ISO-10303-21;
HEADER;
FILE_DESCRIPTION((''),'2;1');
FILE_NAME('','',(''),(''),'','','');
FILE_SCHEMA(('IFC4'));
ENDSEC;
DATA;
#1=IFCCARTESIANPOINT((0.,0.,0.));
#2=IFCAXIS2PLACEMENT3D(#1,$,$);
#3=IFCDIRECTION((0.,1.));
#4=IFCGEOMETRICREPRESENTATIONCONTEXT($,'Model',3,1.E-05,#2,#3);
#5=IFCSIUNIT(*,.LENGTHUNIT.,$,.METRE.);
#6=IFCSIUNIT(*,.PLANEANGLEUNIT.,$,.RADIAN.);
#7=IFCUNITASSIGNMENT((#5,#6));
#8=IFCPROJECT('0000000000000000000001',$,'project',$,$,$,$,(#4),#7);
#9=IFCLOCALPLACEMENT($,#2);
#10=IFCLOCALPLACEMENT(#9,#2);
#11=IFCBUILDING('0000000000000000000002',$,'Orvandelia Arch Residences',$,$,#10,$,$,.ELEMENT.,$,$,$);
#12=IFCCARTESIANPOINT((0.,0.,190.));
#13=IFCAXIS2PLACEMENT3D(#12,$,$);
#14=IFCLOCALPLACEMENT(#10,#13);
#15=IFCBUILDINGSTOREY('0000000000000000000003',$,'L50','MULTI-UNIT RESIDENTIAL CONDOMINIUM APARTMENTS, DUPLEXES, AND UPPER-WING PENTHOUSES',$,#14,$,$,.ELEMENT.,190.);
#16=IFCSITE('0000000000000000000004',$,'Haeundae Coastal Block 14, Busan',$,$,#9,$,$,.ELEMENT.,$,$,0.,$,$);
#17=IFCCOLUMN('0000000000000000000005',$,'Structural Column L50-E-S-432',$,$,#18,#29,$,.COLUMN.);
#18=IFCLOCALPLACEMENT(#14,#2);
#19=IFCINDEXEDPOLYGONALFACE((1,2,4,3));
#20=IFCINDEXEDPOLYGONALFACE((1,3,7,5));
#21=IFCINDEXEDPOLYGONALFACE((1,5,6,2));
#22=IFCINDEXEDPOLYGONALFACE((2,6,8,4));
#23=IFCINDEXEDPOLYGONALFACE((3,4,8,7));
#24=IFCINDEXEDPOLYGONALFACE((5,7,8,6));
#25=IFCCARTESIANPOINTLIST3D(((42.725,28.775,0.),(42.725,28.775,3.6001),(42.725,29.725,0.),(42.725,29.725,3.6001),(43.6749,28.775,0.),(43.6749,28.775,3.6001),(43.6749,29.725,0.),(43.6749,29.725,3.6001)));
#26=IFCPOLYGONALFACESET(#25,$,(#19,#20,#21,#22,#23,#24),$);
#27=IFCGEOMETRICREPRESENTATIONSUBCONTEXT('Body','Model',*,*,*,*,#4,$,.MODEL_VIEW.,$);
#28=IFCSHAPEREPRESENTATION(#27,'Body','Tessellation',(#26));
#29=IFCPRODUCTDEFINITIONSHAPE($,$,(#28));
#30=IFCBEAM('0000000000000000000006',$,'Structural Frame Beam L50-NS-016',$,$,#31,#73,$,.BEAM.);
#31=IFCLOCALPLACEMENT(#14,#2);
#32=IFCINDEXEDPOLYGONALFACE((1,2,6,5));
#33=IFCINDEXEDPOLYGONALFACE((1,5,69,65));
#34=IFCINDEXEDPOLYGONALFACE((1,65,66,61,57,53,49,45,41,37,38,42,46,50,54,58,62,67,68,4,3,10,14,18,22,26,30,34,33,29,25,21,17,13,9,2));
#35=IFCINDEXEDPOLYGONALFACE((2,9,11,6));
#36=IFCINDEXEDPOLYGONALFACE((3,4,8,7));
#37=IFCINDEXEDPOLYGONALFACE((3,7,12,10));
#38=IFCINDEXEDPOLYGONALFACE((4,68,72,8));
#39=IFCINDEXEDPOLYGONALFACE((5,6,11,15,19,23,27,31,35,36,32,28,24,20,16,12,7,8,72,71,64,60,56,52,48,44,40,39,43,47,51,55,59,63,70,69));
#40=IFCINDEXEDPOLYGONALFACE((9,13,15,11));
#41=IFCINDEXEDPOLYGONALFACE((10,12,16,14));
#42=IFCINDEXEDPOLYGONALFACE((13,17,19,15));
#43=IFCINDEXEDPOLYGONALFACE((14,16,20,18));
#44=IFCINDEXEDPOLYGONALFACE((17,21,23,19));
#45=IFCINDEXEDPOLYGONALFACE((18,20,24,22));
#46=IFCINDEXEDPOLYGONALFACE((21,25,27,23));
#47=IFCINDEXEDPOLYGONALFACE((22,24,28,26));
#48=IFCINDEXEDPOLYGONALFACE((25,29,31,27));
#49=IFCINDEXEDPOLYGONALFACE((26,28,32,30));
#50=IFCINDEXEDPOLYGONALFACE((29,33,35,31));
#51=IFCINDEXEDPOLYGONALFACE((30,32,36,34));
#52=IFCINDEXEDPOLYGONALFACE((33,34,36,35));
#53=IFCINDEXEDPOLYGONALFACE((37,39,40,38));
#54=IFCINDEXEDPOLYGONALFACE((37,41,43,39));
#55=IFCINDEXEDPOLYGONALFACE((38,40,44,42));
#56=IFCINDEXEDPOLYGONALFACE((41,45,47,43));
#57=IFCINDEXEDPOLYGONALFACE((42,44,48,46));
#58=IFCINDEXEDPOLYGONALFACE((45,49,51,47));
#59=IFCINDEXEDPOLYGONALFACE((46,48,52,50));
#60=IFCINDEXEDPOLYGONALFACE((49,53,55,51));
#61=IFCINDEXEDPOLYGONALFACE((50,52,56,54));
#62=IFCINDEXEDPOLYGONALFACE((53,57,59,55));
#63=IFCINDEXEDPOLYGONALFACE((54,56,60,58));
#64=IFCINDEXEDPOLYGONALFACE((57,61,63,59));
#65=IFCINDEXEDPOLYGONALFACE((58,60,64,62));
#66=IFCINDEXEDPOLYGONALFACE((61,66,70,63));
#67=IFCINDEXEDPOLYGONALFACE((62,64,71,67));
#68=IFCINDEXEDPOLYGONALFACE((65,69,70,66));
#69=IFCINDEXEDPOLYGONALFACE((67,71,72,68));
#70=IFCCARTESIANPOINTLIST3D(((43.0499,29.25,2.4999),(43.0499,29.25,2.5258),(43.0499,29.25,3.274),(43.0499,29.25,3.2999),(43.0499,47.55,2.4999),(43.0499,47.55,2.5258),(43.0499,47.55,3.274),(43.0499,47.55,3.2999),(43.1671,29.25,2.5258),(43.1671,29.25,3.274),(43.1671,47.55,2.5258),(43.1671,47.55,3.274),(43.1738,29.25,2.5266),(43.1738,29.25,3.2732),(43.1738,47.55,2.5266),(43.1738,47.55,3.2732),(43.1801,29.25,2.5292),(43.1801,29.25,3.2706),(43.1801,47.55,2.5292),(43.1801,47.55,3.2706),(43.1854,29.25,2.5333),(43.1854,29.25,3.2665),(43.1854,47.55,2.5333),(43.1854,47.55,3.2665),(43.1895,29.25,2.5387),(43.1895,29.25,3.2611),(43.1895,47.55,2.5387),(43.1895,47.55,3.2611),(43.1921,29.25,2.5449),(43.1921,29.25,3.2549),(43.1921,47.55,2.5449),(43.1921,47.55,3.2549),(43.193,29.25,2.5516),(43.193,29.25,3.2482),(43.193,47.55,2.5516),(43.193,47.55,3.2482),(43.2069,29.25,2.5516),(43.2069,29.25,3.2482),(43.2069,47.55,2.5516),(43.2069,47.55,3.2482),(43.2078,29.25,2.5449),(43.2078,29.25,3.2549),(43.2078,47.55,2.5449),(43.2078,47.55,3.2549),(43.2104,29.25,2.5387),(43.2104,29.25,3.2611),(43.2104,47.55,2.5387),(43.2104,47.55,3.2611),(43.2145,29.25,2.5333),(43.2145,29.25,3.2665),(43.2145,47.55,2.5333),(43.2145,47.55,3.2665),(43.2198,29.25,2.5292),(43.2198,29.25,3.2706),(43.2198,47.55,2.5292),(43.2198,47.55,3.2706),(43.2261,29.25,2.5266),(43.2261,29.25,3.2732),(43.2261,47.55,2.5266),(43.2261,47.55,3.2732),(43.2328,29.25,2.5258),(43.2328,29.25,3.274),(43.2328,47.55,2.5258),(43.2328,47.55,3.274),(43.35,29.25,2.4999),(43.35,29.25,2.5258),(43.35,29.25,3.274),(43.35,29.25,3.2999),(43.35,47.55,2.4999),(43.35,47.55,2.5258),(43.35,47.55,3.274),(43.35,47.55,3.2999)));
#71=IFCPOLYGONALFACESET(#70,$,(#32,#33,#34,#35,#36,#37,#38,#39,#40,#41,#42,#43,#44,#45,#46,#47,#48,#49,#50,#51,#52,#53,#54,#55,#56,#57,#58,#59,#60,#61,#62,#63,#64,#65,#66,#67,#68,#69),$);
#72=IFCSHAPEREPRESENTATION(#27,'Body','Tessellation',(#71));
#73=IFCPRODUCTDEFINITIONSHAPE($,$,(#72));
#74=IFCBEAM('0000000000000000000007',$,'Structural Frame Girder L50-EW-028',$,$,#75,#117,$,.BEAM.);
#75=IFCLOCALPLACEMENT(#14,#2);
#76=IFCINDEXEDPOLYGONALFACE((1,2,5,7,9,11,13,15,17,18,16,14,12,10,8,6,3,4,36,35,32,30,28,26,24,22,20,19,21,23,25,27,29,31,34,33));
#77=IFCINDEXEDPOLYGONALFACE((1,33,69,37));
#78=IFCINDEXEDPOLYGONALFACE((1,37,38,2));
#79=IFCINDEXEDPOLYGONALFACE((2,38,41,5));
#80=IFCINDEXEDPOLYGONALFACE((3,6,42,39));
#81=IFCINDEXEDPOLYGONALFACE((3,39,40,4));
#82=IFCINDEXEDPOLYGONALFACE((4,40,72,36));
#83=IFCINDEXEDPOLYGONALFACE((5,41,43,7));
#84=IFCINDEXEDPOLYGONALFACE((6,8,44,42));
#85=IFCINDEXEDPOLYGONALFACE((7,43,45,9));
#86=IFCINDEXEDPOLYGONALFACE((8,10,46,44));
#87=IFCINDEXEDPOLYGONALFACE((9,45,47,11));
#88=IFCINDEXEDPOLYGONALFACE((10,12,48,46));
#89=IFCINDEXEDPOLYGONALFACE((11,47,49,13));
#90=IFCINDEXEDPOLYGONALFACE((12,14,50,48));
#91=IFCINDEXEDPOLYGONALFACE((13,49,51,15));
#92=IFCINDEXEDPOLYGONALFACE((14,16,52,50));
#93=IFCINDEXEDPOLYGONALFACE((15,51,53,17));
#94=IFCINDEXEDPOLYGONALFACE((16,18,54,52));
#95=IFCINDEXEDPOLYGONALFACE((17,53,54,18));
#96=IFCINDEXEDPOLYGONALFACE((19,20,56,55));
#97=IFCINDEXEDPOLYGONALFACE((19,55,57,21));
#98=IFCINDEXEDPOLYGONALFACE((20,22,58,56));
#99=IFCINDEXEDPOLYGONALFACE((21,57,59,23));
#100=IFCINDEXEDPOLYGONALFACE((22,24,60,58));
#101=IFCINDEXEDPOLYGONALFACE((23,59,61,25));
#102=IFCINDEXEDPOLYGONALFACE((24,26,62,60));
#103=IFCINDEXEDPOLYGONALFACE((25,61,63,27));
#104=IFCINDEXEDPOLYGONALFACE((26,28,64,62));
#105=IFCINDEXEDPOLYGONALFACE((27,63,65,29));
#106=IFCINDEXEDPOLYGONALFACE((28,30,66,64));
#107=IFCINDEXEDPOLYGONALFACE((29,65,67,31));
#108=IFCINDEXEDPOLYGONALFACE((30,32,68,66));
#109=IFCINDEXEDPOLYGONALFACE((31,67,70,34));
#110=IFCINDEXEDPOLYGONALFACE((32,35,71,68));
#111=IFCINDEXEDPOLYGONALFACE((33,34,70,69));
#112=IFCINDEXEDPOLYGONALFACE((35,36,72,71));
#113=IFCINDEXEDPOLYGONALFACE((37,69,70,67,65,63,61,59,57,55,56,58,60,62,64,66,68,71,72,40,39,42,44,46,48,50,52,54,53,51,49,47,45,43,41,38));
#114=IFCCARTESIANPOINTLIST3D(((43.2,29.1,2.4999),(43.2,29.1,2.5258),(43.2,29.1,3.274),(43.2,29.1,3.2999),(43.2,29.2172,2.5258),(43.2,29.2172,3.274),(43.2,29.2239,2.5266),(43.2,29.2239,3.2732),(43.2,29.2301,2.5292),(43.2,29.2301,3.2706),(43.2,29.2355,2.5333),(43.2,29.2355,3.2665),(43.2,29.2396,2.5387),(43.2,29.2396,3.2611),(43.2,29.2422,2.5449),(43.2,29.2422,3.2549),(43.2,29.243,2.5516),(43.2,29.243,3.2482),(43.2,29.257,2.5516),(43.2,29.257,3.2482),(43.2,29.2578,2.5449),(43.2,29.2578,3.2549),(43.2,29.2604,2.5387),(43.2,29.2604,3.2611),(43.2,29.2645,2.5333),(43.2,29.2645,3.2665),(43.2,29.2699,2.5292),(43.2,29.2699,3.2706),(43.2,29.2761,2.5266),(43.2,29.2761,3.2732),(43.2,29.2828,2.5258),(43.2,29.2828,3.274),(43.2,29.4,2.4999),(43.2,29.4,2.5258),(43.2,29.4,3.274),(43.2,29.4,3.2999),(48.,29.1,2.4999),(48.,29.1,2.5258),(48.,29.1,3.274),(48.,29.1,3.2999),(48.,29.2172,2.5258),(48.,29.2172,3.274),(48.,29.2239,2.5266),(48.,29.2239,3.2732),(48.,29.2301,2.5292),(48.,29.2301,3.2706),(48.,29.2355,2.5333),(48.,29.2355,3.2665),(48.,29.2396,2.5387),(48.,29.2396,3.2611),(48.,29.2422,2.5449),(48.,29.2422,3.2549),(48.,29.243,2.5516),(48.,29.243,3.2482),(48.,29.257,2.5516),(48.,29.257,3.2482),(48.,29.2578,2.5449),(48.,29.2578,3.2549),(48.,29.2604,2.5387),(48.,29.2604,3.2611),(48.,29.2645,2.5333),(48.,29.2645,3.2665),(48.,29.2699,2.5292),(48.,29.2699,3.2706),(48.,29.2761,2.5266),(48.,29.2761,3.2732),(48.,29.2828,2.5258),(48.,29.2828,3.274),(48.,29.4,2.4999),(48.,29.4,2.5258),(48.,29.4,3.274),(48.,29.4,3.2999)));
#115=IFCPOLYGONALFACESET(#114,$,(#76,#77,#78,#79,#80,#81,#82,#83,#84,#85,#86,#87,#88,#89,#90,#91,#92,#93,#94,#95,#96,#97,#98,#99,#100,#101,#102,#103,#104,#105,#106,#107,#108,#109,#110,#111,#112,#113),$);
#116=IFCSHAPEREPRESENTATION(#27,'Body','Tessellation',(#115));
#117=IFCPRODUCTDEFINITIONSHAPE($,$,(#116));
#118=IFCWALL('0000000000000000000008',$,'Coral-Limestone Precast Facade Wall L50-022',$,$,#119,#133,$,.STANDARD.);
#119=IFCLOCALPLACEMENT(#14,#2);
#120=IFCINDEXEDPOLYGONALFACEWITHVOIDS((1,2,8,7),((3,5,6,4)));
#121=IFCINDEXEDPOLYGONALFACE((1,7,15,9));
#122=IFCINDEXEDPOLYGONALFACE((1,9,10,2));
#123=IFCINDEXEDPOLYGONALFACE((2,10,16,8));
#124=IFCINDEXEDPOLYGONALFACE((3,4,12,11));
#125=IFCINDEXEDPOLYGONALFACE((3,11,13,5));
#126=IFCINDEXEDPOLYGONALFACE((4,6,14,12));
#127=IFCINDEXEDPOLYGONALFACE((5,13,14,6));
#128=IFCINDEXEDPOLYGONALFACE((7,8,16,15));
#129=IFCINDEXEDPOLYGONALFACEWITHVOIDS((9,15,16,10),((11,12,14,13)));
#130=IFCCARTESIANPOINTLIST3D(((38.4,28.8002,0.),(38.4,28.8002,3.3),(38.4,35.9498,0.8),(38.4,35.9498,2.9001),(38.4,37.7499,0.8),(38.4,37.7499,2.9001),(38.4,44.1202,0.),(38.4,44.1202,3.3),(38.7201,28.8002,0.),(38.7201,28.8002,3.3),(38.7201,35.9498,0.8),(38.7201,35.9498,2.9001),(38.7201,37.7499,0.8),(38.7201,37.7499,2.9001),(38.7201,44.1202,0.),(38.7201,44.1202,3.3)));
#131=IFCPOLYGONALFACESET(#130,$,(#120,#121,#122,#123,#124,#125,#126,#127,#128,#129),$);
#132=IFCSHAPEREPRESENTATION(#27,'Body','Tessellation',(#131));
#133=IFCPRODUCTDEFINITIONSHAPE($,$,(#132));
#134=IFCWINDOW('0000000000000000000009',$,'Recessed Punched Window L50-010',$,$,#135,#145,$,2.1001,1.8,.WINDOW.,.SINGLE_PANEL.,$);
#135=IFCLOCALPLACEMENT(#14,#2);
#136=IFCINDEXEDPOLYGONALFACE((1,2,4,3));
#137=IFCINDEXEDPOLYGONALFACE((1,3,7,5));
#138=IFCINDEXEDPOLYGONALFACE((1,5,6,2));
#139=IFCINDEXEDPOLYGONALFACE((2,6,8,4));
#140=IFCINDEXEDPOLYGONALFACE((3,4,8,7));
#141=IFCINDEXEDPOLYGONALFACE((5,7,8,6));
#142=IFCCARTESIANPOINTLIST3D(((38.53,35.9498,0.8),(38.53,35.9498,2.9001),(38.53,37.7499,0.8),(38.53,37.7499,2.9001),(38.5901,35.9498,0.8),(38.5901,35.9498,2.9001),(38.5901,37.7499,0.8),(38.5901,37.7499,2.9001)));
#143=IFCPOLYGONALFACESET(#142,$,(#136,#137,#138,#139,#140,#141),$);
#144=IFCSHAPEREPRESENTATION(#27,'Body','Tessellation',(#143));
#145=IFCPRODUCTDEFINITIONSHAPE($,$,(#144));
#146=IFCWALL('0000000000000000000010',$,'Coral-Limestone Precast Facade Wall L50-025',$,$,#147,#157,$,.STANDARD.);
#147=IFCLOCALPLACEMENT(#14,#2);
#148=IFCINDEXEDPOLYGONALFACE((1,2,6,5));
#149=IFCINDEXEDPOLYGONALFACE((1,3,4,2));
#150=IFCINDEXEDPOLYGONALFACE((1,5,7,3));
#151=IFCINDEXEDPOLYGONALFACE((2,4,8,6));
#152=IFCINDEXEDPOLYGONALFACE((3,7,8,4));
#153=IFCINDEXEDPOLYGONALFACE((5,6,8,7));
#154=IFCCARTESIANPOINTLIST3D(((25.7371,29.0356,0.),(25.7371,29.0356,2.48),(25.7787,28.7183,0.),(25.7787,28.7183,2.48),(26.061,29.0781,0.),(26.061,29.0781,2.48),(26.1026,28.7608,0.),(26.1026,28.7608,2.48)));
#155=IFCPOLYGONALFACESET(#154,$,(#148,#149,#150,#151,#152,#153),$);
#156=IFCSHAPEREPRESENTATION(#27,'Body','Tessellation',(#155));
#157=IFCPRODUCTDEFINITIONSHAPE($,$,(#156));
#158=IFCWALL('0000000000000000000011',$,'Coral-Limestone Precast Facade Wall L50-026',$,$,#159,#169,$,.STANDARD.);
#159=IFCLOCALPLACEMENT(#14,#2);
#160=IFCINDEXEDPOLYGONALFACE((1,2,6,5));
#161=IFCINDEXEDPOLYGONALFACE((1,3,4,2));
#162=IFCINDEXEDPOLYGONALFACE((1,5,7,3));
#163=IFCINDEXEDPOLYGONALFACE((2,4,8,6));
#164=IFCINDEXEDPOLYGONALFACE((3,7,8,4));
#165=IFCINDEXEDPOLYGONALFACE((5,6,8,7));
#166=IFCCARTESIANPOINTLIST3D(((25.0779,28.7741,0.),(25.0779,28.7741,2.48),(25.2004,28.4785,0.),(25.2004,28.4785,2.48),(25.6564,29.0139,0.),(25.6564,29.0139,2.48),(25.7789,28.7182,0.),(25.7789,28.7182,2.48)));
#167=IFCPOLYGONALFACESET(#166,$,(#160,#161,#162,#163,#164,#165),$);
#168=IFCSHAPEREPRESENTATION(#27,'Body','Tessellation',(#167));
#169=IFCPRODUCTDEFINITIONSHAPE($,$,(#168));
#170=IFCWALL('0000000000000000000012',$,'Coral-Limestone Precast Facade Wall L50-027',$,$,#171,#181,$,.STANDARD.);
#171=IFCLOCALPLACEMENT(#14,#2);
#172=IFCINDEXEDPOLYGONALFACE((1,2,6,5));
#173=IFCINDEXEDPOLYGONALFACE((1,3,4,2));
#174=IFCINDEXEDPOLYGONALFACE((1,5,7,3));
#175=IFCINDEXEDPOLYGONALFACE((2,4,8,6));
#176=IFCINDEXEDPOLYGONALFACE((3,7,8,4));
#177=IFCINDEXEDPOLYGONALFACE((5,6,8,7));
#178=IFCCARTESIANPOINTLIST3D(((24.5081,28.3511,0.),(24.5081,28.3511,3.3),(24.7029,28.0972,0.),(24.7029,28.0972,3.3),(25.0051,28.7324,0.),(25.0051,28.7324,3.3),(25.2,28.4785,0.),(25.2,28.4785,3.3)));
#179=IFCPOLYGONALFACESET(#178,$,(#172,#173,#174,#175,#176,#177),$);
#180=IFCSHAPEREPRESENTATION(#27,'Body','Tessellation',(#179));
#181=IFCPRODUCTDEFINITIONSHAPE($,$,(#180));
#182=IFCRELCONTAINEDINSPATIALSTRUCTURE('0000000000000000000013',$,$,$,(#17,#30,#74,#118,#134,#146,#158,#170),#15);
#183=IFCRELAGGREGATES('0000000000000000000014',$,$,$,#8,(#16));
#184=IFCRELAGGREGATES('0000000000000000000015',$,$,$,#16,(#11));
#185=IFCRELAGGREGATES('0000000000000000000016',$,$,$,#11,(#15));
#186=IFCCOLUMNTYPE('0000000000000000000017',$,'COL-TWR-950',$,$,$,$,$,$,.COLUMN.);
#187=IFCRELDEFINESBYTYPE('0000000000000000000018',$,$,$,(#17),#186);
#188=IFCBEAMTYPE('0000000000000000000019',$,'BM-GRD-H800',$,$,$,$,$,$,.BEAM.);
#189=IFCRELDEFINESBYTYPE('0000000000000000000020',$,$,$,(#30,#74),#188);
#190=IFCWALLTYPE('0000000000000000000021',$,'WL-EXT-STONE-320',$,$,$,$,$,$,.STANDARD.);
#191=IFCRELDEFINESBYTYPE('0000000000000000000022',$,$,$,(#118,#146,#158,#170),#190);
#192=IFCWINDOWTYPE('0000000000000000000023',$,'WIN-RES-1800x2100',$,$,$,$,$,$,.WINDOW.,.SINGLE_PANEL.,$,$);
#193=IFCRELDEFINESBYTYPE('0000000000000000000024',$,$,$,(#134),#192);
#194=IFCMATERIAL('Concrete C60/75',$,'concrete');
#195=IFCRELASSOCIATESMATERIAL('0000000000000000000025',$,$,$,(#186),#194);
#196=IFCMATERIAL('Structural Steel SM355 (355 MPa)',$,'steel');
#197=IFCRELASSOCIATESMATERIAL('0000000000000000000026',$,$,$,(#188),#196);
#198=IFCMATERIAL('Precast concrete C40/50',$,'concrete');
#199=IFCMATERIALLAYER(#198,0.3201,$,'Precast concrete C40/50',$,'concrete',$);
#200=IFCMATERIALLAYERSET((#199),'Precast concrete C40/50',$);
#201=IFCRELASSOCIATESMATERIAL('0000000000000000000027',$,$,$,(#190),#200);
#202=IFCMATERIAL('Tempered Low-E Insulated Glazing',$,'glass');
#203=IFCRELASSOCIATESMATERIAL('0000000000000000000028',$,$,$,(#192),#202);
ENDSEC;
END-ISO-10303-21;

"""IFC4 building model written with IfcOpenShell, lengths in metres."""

from ifc_helpers import new_model, si_unit, direction, frame, frame_2d, origin, origin_2d, place, context, subcontext, project, spatial, rectangle, i_section, extrude, material, layer, layer_set, material_profile, profile_set, type_object, element, fill, save


model = new_model("IFC4")

# Units and contexts
model_context = context("Model", 3, precision=1e-05, world=origin(), true_north=direction((0.0, 1.0)))
body_context = subcontext(model_context, "Body", "Model", "MODEL_VIEW")
ifc_project = project(units=[si_unit("LENGTHUNIT", "METRE"), si_unit("PLANEANGLEUNIT", "RADIAN")], contexts=[model_context])

# Site, building, storey
site_placement = place(None, origin())
site = spatial("IfcSite", under=ifc_project, at=site_placement, Name="Haeundae Coastal Block 14, Busan", CompositionType="ELEMENT", RefElevation=0.0)
building_placement = place(site_placement, origin())
building = spatial("IfcBuilding", under=site, at=building_placement, Name="Orvandelia Arch Residences", CompositionType="ELEMENT")
storey_placement = place(building_placement, frame((0.0, 0.0, 190.0)))
storey = spatial("IfcBuildingStorey", under=building, at=storey_placement, Name="L50", Description="MULTI-UNIT RESIDENTIAL CONDOMINIUM APARTMENTS, DUPLEXES, AND UPPER-WING PENTHOUSES", CompositionType="ELEMENT", Elevation=190.0)

# Column
ifc_material_1 = material(Name="Concrete C60/75", Category="concrete")
ifc_material_profile_1 = material_profile(ifc_material_1, rectangle(XDim=0.95, YDim=0.95, at=origin_2d()), Name="Concrete C60/75", Category="concrete")
ifc_profile_set_1 = profile_set([ifc_material_profile_1], Name="Concrete C60/75")
column_type = type_object("IfcColumnType", Name="COL-TWR-950", PredefinedType="COLUMN", material=ifc_profile_set_1)
column_placement = place(storey_placement, frame((43.2, 29.25, 0.0), z_axis=(0.0, 0.0, 1.0), x_axis=(1.0, 0.0, 0.0)))
element("IfcColumn", 1, at=column_placement, inside=storey, type_object=column_type, Name="Structural Column L50-E-S-432", PredefinedType="COLUMN", context=body_context, shape_type="SweptSolid", body=[
    extrude(rectangle(XDim=0.95, YDim=0.95, at=origin_2d()), origin(), (0.0, 0.0, 1.0), 3.6001),
])

# Beams
ifc_material_2 = material(Name="Structural Steel SM355 (355 MPa)", Category="steel")
ifc_material_profile_2 = material_profile(ifc_material_2, i_section(OverallWidth=0.3, OverallDepth=0.8, WebThickness=0.0139, FlangeThickness=0.0259, FilletRadius=0.0259, at=origin_2d()), Name="Structural Steel SM355 (355 MPa)", Category="steel")
ifc_profile_set_2 = profile_set([ifc_material_profile_2], Name="Structural Steel SM355 (355 MPa)")
beam_type = type_object("IfcBeamType", Name="BM-GRD-H800", PredefinedType="BEAM", material=ifc_profile_set_2)
beam_1_placement = place(storey_placement, frame((43.2, 29.25, 2.8999), z_axis=(0.0, 1.0, 0.0), x_axis=(-1.0, 0.0, 0.0)))
element("IfcBeam", 2, at=beam_1_placement, inside=storey, type_object=beam_type, Name="Structural Frame Beam L50-NS-016", PredefinedType="BEAM", context=body_context, shape_type="SweptSolid", body=[
    extrude(i_section(OverallWidth=0.3, OverallDepth=0.8, WebThickness=0.0139, FlangeThickness=0.0259, FilletRadius=0.0259, at=origin_2d()), origin(), (0.0, 0.0, 1.0), 18.3),
])
beam_2_placement = place(storey_placement, frame((43.2, 29.25, 2.8999), z_axis=(1.0, 0.0, 0.0), x_axis=(0.0, 1.0, 0.0)))
element("IfcBeam", 3, at=beam_2_placement, inside=storey, type_object=beam_type, Name="Structural Frame Girder L50-EW-028", PredefinedType="BEAM", context=body_context, shape_type="SweptSolid", body=[
    extrude(i_section(OverallWidth=0.3, OverallDepth=0.8, WebThickness=0.0139, FlangeThickness=0.0259, FilletRadius=0.0259, at=origin_2d()), origin(), (0.0, 0.0, 1.0), 4.8),
])

# Wall, opening, window
ifc_material_3 = material(Name="Precast concrete C40/50", Category="concrete")
ifc_layer_1 = layer(ifc_material_3, 0.3201, Name="Precast concrete C40/50", Category="concrete")
ifc_layer_set_1 = layer_set([ifc_layer_1], Name="Precast concrete C40/50")
wall_type_1 = type_object("IfcWallType", Name="WL-EXT-STONE-320", PredefinedType="STANDARD", material=ifc_layer_set_1)
wall_1_placement = place(storey_placement, frame((38.5601, 28.8, 0.0), z_axis=(0.0, 0.0, 1.0), x_axis=(0.0, 1.0, 0.0)))
wall_1 = element("IfcWall", 4, at=wall_1_placement, inside=storey, type_object=wall_type_1, Name="Coral-Limestone Precast Facade Wall L50-022", PredefinedType="STANDARD", context=body_context, shape_type="SweptSolid", body=[
    extrude(rectangle(XDim=15.3201, YDim=0.3201, at=frame_2d((7.6602, 0.0))), origin(), (0.0, 0.0, 1.0), 3.3),
])
opening_1_placement = place(wall_1_placement, frame((7.1499, 0.0, 0.8)))
opening_1 = element("IfcOpeningElement", 5, at=opening_1_placement, cuts=wall_1, PredefinedType="OPENING", context=body_context, shape_type="SweptSolid", body=[
    extrude(rectangle(XDim=1.8, YDim=2.1001, at=frame_2d((0.8999, 1.05))), frame((0.0, 0.1699, 0.0), z_axis=(0.0, -1.0, 0.0), x_axis=(1.0, 0.0, 0.0)), (0.0, 0.0, 1.0), 0.3401),
])
ifc_material_4 = material(Name="Tempered Low-E Insulated Glazing", Category="glass")
window_type = type_object("IfcWindowType", Name="WIN-RES-1800x2100", PartitioningType="SINGLE_PANEL", PredefinedType="WINDOW", material=ifc_material_4)
window_placement = place(opening_1_placement, origin())
window = element("IfcWindow", 6, at=window_placement, inside=storey, type_object=window_type, Name="Recessed Punched Window L50-010", OverallHeight=2.1001, OverallWidth=1.8, PartitioningType="SINGLE_PANEL", PredefinedType="WINDOW", context=body_context, shape_type="SweptSolid", body=[
    extrude(rectangle(XDim=1.8, YDim=2.1001, at=frame_2d((0.8999, 1.05))), frame((0.0, 0.03, 0.0), z_axis=(0.0, -1.0, 0.0), x_axis=(1.0, 0.0, 0.0)), (0.0, 0.0, 1.0), 0.0601),
])
fill(opening_1, window)

# Walls
wall_2_placement = place(storey_placement, frame((26.0818, 28.9194, 0.0), z_axis=(0.0, 0.0, 1.0), x_axis=(-0.991513, -0.13001, 0.0)))
element("IfcWall", 7, at=wall_2_placement, inside=storey, type_object=wall_type_1, Name="Coral-Limestone Precast Facade Wall L50-025", PredefinedType="STANDARD", context=body_context, shape_type="SweptSolid", body=[
    extrude(rectangle(XDim=0.3267, YDim=0.3201, at=frame_2d((0.1633, 0.0))), origin(), (0.0, 0.0, 1.0), 2.48),
])
wall_3_placement = place(storey_placement, frame((25.7175, 28.866, 0.0), z_axis=(0.0, 0.0, 1.0), x_axis=(-0.923836, -0.382788, 0.0)))
element("IfcWall", 8, at=wall_3_placement, inside=storey, type_object=wall_type_1, Name="Coral-Limestone Precast Facade Wall L50-026", PredefinedType="STANDARD", context=body_context, shape_type="SweptSolid", body=[
    extrude(rectangle(XDim=0.6262, YDim=0.3201, at=frame_2d((0.313, 0.0))), origin(), (0.0, 0.0, 1.0), 2.48),
])
for number, where, z_axis, x_axis, name in (
    (9, (25.1025, 28.6055, 0.0), (0.0, 0.0, 1.0), (-0.793406, -0.608693, 0.0), "Coral-Limestone Precast Facade Wall L50-027"),
):
    element("IfcWall", number, at=place(storey_placement, frame(where, z_axis=z_axis, x_axis=x_axis)), inside=storey, type_object=wall_type_1, Name=name, PredefinedType="STANDARD", context=body_context, shape_type="SweptSolid", body=[
        extrude(rectangle(XDim=0.6265, YDim=0.3201, at=frame_2d((0.3132, 0.0))), origin(), (0.0, 0.0, 1.0), 3.3),
    ])

save(model, "model.ifc")
